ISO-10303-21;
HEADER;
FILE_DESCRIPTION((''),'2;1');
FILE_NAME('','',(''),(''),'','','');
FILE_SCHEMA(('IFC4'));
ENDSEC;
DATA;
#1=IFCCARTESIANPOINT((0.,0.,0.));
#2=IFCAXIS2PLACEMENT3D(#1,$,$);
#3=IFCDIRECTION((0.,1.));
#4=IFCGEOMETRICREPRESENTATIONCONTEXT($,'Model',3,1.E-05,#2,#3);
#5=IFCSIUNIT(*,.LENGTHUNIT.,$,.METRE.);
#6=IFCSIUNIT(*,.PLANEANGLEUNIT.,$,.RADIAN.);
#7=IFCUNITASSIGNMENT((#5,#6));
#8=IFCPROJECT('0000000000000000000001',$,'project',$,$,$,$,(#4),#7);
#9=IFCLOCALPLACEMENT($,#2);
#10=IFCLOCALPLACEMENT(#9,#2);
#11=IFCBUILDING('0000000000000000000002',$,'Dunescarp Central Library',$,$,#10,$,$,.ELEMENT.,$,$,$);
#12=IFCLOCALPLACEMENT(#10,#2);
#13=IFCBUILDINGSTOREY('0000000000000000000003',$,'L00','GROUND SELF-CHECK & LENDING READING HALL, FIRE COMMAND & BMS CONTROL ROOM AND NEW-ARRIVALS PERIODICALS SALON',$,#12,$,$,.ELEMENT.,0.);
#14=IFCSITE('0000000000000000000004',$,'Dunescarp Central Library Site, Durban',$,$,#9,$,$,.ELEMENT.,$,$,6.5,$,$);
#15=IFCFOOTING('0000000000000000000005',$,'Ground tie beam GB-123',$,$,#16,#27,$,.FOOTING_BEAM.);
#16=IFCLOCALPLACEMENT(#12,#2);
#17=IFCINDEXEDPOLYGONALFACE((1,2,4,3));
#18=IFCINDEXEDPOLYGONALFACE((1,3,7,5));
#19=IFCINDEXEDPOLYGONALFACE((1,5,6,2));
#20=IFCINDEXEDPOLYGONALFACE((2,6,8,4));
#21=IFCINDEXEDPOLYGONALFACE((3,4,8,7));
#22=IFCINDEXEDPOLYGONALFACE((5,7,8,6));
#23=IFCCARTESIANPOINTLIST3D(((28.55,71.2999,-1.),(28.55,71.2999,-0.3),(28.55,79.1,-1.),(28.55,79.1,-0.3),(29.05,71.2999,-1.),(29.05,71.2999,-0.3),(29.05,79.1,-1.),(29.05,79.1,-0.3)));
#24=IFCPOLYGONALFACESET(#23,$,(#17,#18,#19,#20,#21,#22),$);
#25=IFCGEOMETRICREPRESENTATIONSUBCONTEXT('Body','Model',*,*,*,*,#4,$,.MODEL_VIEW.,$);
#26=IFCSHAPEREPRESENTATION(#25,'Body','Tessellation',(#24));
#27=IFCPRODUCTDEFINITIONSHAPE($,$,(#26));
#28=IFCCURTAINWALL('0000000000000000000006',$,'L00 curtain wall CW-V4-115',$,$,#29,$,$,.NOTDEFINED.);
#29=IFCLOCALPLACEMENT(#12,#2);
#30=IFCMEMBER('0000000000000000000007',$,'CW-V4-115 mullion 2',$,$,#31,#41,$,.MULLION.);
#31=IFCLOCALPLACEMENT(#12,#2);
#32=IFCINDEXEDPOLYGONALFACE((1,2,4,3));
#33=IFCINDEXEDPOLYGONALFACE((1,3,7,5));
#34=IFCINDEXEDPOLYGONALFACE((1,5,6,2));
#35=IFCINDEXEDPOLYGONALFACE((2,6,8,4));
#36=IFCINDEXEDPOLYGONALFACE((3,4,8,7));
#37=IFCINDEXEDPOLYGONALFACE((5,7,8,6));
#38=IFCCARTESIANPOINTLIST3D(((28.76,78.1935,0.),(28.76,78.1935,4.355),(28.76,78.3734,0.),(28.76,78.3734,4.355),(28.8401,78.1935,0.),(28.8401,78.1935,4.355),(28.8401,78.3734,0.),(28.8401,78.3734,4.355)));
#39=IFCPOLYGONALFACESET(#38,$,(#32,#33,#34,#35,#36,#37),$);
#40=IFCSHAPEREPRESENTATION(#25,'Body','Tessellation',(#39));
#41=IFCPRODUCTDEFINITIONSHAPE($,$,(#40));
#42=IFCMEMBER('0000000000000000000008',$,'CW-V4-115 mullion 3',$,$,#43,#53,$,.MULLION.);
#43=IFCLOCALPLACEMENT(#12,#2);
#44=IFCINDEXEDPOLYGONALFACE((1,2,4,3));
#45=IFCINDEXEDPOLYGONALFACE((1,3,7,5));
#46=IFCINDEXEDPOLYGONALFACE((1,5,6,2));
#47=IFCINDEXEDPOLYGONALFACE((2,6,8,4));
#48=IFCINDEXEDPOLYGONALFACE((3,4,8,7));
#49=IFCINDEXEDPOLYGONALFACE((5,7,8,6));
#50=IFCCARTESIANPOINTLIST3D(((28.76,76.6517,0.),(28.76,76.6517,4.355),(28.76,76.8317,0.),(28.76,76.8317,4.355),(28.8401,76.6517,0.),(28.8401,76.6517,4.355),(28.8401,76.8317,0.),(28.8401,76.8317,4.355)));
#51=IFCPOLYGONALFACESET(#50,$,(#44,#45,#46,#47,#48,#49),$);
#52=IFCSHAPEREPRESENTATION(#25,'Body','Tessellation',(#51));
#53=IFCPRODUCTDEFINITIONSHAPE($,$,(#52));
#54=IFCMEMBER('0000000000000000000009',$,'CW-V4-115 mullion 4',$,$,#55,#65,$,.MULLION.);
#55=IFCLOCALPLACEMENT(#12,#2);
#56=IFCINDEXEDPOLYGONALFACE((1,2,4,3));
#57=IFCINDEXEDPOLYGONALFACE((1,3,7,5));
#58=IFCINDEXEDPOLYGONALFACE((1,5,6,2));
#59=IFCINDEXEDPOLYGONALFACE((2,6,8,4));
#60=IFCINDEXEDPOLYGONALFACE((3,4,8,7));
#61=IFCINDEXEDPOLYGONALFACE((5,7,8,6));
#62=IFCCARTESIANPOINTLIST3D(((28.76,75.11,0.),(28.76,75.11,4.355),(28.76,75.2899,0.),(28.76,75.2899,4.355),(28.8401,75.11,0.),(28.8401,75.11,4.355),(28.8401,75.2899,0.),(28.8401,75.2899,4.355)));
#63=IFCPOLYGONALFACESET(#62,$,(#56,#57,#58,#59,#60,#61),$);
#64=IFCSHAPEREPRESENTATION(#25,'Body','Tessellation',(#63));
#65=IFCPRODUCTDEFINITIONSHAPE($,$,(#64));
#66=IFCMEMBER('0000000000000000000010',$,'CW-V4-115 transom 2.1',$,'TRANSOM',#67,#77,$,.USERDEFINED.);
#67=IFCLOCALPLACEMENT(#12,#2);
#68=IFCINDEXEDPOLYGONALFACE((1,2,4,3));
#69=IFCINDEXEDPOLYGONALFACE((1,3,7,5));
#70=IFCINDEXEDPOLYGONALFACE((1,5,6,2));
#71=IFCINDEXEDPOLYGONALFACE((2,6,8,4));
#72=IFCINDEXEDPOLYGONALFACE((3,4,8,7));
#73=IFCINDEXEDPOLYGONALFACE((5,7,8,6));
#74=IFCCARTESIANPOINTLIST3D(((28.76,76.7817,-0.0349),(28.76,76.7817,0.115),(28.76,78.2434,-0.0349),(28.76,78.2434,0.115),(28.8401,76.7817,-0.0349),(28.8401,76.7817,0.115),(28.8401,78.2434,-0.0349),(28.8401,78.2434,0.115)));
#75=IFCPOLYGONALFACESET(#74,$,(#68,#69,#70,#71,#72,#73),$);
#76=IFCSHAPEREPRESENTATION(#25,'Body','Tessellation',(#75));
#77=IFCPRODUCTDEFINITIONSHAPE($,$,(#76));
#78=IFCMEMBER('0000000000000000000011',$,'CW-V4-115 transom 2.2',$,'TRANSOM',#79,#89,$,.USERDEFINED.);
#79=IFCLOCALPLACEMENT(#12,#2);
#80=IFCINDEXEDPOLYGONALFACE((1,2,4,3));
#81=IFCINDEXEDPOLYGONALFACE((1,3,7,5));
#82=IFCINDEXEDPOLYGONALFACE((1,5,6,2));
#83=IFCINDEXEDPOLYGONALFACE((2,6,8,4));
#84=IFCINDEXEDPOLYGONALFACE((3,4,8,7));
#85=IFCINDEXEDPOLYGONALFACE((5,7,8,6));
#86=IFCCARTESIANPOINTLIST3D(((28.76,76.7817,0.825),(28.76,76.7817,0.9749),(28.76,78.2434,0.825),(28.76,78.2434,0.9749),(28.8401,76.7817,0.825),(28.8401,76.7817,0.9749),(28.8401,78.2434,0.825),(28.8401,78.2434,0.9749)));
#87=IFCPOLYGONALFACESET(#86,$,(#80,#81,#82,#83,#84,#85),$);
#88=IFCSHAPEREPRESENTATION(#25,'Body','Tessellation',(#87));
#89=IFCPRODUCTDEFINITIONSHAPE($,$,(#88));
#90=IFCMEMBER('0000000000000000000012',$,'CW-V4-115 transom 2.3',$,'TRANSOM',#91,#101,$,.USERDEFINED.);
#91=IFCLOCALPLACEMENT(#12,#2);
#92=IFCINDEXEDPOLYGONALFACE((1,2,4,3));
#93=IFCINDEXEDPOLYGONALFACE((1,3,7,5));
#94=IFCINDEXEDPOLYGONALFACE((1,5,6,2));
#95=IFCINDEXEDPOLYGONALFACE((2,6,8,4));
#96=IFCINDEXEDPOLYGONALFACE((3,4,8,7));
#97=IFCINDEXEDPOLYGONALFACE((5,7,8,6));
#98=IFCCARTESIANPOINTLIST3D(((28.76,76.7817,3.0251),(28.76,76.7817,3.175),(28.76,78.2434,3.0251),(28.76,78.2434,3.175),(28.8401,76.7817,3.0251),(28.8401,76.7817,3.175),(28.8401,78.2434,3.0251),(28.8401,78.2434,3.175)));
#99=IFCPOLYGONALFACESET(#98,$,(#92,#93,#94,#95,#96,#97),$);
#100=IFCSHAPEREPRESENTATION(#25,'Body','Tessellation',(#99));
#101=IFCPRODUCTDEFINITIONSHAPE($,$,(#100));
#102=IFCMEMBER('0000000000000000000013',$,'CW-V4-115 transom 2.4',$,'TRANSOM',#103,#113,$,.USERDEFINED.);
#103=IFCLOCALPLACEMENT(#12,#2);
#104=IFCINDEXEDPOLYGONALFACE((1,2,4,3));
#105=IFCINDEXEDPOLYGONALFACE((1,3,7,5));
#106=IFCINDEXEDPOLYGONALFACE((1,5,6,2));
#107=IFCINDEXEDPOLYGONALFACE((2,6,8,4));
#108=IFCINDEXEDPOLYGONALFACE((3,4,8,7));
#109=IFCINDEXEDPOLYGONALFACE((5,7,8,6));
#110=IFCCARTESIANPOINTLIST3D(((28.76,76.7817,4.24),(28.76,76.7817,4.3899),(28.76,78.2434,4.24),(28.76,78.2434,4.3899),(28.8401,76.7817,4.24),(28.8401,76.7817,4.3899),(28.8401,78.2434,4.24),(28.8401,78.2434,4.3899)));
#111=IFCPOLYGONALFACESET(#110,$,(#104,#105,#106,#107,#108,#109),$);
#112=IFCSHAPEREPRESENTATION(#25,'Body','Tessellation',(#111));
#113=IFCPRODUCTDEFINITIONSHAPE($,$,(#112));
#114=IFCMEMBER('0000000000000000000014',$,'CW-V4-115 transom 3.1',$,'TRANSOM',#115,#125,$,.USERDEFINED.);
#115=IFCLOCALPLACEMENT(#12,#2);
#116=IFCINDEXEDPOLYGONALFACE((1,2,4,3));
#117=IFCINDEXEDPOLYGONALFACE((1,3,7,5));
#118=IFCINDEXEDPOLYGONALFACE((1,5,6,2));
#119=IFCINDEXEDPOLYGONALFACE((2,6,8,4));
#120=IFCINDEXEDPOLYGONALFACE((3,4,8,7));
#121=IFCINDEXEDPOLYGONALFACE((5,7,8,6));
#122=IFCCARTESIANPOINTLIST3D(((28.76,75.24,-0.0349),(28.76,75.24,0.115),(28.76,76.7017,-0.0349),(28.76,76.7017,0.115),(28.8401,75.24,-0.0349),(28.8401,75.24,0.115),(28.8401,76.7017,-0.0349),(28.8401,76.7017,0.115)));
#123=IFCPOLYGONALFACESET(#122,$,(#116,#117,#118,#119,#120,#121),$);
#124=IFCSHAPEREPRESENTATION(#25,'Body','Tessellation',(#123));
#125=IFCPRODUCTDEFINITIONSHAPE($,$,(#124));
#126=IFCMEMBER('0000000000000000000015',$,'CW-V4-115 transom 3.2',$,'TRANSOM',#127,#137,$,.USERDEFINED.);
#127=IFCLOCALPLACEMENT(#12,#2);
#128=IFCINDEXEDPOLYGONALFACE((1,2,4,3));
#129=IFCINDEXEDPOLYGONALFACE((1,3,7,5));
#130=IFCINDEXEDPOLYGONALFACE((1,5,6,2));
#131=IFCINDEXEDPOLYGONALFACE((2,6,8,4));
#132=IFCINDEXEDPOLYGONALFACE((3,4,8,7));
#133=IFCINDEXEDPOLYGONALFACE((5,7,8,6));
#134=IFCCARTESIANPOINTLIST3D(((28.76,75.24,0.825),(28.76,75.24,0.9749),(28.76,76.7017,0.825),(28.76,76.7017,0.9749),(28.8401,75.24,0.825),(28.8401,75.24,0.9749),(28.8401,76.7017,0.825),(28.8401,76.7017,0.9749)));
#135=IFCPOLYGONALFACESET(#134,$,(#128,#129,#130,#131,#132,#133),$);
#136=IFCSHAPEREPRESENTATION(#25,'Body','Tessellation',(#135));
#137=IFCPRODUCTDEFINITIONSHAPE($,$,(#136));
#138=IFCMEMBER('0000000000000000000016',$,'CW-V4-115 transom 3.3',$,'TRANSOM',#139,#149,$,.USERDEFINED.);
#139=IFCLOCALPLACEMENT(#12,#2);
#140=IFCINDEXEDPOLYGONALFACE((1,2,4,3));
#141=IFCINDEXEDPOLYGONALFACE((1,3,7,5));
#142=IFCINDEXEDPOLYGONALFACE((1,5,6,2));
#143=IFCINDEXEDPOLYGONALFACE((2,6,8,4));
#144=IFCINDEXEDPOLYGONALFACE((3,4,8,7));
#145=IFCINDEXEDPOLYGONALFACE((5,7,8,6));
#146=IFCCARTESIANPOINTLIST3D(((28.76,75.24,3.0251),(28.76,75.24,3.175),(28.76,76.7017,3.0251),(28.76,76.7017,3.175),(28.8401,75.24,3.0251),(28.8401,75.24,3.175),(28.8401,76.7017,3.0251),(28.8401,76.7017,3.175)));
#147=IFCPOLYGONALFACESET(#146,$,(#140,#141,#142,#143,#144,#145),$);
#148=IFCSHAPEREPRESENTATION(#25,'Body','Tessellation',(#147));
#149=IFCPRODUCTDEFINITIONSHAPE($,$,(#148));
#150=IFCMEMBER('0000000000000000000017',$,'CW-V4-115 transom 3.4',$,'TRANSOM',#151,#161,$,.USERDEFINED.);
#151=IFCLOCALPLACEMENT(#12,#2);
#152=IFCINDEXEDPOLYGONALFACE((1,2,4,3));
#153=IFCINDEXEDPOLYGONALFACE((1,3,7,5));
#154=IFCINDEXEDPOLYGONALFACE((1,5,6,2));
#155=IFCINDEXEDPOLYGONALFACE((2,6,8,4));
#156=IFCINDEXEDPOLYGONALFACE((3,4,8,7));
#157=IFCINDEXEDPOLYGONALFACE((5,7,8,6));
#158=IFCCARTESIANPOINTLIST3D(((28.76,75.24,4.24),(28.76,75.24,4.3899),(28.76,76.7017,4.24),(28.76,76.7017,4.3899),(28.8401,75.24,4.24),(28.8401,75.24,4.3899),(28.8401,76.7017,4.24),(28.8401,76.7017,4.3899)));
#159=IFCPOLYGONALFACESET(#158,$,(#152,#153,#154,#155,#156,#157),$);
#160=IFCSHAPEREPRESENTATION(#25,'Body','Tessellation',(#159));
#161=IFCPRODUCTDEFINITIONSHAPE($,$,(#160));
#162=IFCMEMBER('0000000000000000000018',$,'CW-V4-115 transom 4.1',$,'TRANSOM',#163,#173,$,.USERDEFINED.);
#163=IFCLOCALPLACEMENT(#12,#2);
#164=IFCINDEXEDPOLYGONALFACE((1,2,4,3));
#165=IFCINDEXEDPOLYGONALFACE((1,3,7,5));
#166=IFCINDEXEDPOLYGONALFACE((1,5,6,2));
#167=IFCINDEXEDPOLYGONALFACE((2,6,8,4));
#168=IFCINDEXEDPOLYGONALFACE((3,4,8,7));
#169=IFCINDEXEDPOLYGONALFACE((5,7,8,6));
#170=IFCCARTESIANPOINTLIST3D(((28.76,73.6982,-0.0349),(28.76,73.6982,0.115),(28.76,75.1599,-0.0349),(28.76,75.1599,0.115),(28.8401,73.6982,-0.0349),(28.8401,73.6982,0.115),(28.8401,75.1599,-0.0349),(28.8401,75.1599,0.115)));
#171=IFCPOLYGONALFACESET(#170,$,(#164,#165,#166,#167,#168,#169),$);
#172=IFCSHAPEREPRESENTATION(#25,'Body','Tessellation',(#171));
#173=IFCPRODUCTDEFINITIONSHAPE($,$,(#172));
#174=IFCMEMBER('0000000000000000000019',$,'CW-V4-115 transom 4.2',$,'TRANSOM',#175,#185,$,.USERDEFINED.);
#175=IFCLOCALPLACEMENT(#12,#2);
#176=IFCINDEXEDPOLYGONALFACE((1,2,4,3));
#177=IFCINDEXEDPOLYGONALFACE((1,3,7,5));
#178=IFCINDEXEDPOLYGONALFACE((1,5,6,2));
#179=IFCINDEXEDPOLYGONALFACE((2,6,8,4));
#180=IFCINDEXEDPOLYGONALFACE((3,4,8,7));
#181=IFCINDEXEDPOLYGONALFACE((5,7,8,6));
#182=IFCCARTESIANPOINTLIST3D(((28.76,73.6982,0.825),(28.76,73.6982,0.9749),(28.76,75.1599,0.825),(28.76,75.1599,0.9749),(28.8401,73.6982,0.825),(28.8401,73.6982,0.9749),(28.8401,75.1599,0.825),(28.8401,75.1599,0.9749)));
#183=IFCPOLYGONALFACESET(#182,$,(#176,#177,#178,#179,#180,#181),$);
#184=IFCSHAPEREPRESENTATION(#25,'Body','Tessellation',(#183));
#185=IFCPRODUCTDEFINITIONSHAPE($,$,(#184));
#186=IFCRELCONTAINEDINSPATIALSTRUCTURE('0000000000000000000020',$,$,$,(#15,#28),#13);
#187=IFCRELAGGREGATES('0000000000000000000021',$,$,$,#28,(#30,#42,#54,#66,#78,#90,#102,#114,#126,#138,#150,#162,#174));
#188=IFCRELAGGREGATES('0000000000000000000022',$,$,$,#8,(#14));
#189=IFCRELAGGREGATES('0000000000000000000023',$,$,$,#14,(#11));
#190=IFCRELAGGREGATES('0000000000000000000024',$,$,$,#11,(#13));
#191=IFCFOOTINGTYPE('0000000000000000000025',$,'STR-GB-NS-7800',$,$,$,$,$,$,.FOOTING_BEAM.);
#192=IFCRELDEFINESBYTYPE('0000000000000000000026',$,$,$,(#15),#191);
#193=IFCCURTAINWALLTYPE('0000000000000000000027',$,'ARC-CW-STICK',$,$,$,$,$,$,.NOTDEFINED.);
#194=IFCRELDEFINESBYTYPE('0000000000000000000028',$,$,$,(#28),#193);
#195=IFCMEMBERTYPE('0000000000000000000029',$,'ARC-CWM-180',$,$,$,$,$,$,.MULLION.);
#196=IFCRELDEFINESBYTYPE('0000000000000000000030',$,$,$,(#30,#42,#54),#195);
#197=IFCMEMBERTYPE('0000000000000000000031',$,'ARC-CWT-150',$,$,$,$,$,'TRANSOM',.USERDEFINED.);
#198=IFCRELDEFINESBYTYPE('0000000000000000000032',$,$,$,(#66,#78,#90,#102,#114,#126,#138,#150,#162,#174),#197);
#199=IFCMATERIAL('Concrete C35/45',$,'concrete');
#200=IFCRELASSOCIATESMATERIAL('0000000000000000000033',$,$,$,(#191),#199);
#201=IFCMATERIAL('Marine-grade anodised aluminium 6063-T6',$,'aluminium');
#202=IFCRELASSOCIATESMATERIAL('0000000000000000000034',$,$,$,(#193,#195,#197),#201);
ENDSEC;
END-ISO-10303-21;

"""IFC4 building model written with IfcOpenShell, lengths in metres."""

from ifc_helpers import new_model, si_unit, direction, frame, origin, origin_2d, place, context, subcontext, project, spatial, rectangle, extrude, material, material_profile, profile_set, type_object, element, aggregate, save


model = new_model("IFC4")

# Units and contexts
model_context = context("Model", 3, precision=1e-05, world=origin(), true_north=direction((0.0, 1.0)))
body_context = subcontext(model_context, "Body", "Model", "MODEL_VIEW")
ifc_project = project(units=[si_unit("LENGTHUNIT", "METRE"), si_unit("PLANEANGLEUNIT", "RADIAN")], contexts=[model_context])

# Site, building, storey
site_placement = place(None, origin())
site = spatial("IfcSite", under=ifc_project, at=site_placement, Name="Dunescarp Central Library Site, Durban", CompositionType="ELEMENT", RefElevation=6.5)
building_placement = place(site_placement, origin())
building = spatial("IfcBuilding", under=site, at=building_placement, Name="Dunescarp Central Library", CompositionType="ELEMENT")
storey_placement = place(building_placement, origin())
storey = spatial("IfcBuildingStorey", under=building, at=storey_placement, Name="L00", Description="GROUND SELF-CHECK & LENDING READING HALL, FIRE COMMAND & BMS CONTROL ROOM AND NEW-ARRIVALS PERIODICALS SALON", CompositionType="ELEMENT", Elevation=0.0)

# Footing
ifc_material_1 = material(Name="Concrete C35/45", Category="concrete")
footing_type = type_object("IfcFootingType", Name="STR-GB-NS-7800", PredefinedType="FOOTING_BEAM", material=ifc_material_1)
footing_placement = place(storey_placement, frame((28.8, 75.2, -1.0), z_axis=(0.0, 0.0, 1.0), x_axis=(0.0, 1.0, 0.0)))
element("IfcFooting", 1, at=footing_placement, inside=storey, type_object=footing_type, Name="Ground tie beam GB-123", PredefinedType="FOOTING_BEAM", context=body_context, shape_type="SweptSolid", body=[
    extrude(rectangle(XDim=7.8, YDim=0.5, at=origin_2d()), origin(), (0.0, 0.0, 1.0), 0.7),
])

# Curtain wall, members
ifc_material_2 = material(Name="Marine-grade anodised aluminium 6063-T6", Category="aluminium")
curtain_wall_type = type_object("IfcCurtainWallType", Name="ARC-CW-STICK", PredefinedType="NOTDEFINED", material=ifc_material_2)
curtain_wall_placement = place(storey_placement, origin())
curtain_wall = element("IfcCurtainWall", 2, at=curtain_wall_placement, inside=storey, type_object=curtain_wall_type, Name="L00 curtain wall CW-V4-115", PredefinedType="NOTDEFINED")
ifc_material_profile_1 = material_profile(ifc_material_2, rectangle(XDim=0.0801, YDim=0.1799, at=origin_2d()), Name="AL 80x180")
ifc_profile_set_1 = profile_set([ifc_material_profile_1], Name="Marine-grade anodised aluminium 6063-T6")
member_type_1 = type_object("IfcMemberType", Name="ARC-CWM-180", PredefinedType="MULLION", material=ifc_profile_set_1)
member_1_placement = place(storey_placement, frame((28.8, 78.2834, 0.0), z_axis=(0.0, 0.0, 1.0), x_axis=(1.0, 0.0, 0.0)))
member_1 = element("IfcMember", 3, at=member_1_placement, type_object=member_type_1, Name="CW-V4-115 mullion 2", PredefinedType="MULLION", context=body_context, shape_type="SweptSolid", body=[
    extrude(rectangle(XDim=0.0801, YDim=0.1799, at=origin_2d()), origin(), (0.0, 0.0, 1.0), 4.355),
])
member_2_placement = place(storey_placement, frame((28.8, 76.7417, 0.0), z_axis=(0.0, 0.0, 1.0), x_axis=(1.0, 0.0, 0.0)))
member_2 = element("IfcMember", 4, at=member_2_placement, type_object=member_type_1, Name="CW-V4-115 mullion 3", PredefinedType="MULLION", context=body_context, shape_type="SweptSolid", body=[
    extrude(rectangle(XDim=0.0801, YDim=0.1799, at=origin_2d()), origin(), (0.0, 0.0, 1.0), 4.355),
])
member_3_placement = place(storey_placement, frame((28.8, 75.2, 0.0), z_axis=(0.0, 0.0, 1.0), x_axis=(1.0, 0.0, 0.0)))
member_3 = element("IfcMember", 5, at=member_3_placement, type_object=member_type_1, Name="CW-V4-115 mullion 4", PredefinedType="MULLION", context=body_context, shape_type="SweptSolid", body=[
    extrude(rectangle(XDim=0.0801, YDim=0.1799, at=origin_2d()), origin(), (0.0, 0.0, 1.0), 4.355),
])
ifc_material_profile_2 = material_profile(ifc_material_2, rectangle(XDim=0.0801, YDim=0.1499, at=origin_2d()), Name="AL 80x150")
ifc_profile_set_2 = profile_set([ifc_material_profile_2], Name="Marine-grade anodised aluminium 6063-T6")
member_type_2 = type_object("IfcMemberType", Name="ARC-CWT-150", ElementType="TRANSOM", PredefinedType="USERDEFINED", material=ifc_profile_set_2)
member_4_placement = place(storey_placement, frame((28.8, 78.2434, 0.04), z_axis=(0.0, -1.0, 0.0), x_axis=(1.0, 0.0, 0.0)))
member_4 = element("IfcMember", 6, at=member_4_placement, type_object=member_type_2, Name="CW-V4-115 transom 2.1", ObjectType="TRANSOM", PredefinedType="USERDEFINED", context=body_context, shape_type="SweptSolid", body=[
    extrude(rectangle(XDim=0.0801, YDim=0.1499, at=origin_2d()), origin(), (0.0, 0.0, 1.0), 1.4617),
])
member_5_placement = place(storey_placement, frame((28.8, 78.2434, 0.8999), z_axis=(0.0, -1.0, 0.0), x_axis=(1.0, 0.0, 0.0)))
member_5 = element("IfcMember", 7, at=member_5_placement, type_object=member_type_2, Name="CW-V4-115 transom 2.2", ObjectType="TRANSOM", PredefinedType="USERDEFINED", context=body_context, shape_type="SweptSolid", body=[
    extrude(rectangle(XDim=0.0801, YDim=0.1499, at=origin_2d()), origin(), (0.0, 0.0, 1.0), 1.4617),
])
member_6_placement = place(storey_placement, frame((28.8, 78.2434, 3.1001), z_axis=(0.0, -1.0, 0.0), x_axis=(1.0, 0.0, 0.0)))
member_6 = element("IfcMember", 8, at=member_6_placement, type_object=member_type_2, Name="CW-V4-115 transom 2.3", ObjectType="TRANSOM", PredefinedType="USERDEFINED", context=body_context, shape_type="SweptSolid", body=[
    extrude(rectangle(XDim=0.0801, YDim=0.1499, at=origin_2d()), origin(), (0.0, 0.0, 1.0), 1.4617),
])
member_7_placement = place(storey_placement, frame((28.8, 78.2434, 4.3149), z_axis=(0.0, -1.0, 0.0), x_axis=(1.0, 0.0, 0.0)))
member_7 = element("IfcMember", 9, at=member_7_placement, type_object=member_type_2, Name="CW-V4-115 transom 2.4", ObjectType="TRANSOM", PredefinedType="USERDEFINED", context=body_context, shape_type="SweptSolid", body=[
    extrude(rectangle(XDim=0.0801, YDim=0.1499, at=origin_2d()), origin(), (0.0, 0.0, 1.0), 1.4617),
])
member_8_placement = place(storey_placement, frame((28.8, 76.7017, 0.04), z_axis=(0.0, -1.0, 0.0), x_axis=(1.0, 0.0, 0.0)))
member_8 = element("IfcMember", 10, at=member_8_placement, type_object=member_type_2, Name="CW-V4-115 transom 3.1", ObjectType="TRANSOM", PredefinedType="USERDEFINED", context=body_context, shape_type="SweptSolid", body=[
    extrude(rectangle(XDim=0.0801, YDim=0.1499, at=origin_2d()), origin(), (0.0, 0.0, 1.0), 1.4617),
])
member_9_placement = place(storey_placement, frame((28.8, 76.7017, 0.8999), z_axis=(0.0, -1.0, 0.0), x_axis=(1.0, 0.0, 0.0)))
member_9 = element("IfcMember", 11, at=member_9_placement, type_object=member_type_2, Name="CW-V4-115 transom 3.2", ObjectType="TRANSOM", PredefinedType="USERDEFINED", context=body_context, shape_type="SweptSolid", body=[
    extrude(rectangle(XDim=0.0801, YDim=0.1499, at=origin_2d()), origin(), (0.0, 0.0, 1.0), 1.4617),
])
member_10_placement = place(storey_placement, frame((28.8, 76.7017, 3.1001), z_axis=(0.0, -1.0, 0.0), x_axis=(1.0, 0.0, 0.0)))
member_10 = element("IfcMember", 12, at=member_10_placement, type_object=member_type_2, Name="CW-V4-115 transom 3.3", ObjectType="TRANSOM", PredefinedType="USERDEFINED", context=body_context, shape_type="SweptSolid", body=[
    extrude(rectangle(XDim=0.0801, YDim=0.1499, at=origin_2d()), origin(), (0.0, 0.0, 1.0), 1.4617),
])
member_11_placement = place(storey_placement, frame((28.8, 76.7017, 4.3149), z_axis=(0.0, -1.0, 0.0), x_axis=(1.0, 0.0, 0.0)))
member_11 = element("IfcMember", 13, at=member_11_placement, type_object=member_type_2, Name="CW-V4-115 transom 3.4", ObjectType="TRANSOM", PredefinedType="USERDEFINED", context=body_context, shape_type="SweptSolid", body=[
    extrude(rectangle(XDim=0.0801, YDim=0.1499, at=origin_2d()), origin(), (0.0, 0.0, 1.0), 1.4617),
])
member_12_placement = place(storey_placement, frame((28.8, 75.1599, 0.04), z_axis=(0.0, -1.0, 0.0), x_axis=(1.0, 0.0, 0.0)))
member_12 = element("IfcMember", 14, at=member_12_placement, type_object=member_type_2, Name="CW-V4-115 transom 4.1", ObjectType="TRANSOM", PredefinedType="USERDEFINED", context=body_context, shape_type="SweptSolid", body=[
    extrude(rectangle(XDim=0.0801, YDim=0.1499, at=origin_2d()), origin(), (0.0, 0.0, 1.0), 1.4617),
])
member_13_placement = place(storey_placement, frame((28.8, 75.1599, 0.8999), z_axis=(0.0, -1.0, 0.0), x_axis=(1.0, 0.0, 0.0)))
member_13 = element("IfcMember", 15, at=member_13_placement, type_object=member_type_2, Name="CW-V4-115 transom 4.2", ObjectType="TRANSOM", PredefinedType="USERDEFINED", context=body_context, shape_type="SweptSolid", body=[
    extrude(rectangle(XDim=0.0801, YDim=0.1499, at=origin_2d()), origin(), (0.0, 0.0, 1.0), 1.4617),
])
aggregate(curtain_wall, [member_1, member_2, member_3, member_4, member_5, member_6, member_7, member_8, member_9, member_10, member_11, member_12, member_13])

save(model, "model.ifc")
